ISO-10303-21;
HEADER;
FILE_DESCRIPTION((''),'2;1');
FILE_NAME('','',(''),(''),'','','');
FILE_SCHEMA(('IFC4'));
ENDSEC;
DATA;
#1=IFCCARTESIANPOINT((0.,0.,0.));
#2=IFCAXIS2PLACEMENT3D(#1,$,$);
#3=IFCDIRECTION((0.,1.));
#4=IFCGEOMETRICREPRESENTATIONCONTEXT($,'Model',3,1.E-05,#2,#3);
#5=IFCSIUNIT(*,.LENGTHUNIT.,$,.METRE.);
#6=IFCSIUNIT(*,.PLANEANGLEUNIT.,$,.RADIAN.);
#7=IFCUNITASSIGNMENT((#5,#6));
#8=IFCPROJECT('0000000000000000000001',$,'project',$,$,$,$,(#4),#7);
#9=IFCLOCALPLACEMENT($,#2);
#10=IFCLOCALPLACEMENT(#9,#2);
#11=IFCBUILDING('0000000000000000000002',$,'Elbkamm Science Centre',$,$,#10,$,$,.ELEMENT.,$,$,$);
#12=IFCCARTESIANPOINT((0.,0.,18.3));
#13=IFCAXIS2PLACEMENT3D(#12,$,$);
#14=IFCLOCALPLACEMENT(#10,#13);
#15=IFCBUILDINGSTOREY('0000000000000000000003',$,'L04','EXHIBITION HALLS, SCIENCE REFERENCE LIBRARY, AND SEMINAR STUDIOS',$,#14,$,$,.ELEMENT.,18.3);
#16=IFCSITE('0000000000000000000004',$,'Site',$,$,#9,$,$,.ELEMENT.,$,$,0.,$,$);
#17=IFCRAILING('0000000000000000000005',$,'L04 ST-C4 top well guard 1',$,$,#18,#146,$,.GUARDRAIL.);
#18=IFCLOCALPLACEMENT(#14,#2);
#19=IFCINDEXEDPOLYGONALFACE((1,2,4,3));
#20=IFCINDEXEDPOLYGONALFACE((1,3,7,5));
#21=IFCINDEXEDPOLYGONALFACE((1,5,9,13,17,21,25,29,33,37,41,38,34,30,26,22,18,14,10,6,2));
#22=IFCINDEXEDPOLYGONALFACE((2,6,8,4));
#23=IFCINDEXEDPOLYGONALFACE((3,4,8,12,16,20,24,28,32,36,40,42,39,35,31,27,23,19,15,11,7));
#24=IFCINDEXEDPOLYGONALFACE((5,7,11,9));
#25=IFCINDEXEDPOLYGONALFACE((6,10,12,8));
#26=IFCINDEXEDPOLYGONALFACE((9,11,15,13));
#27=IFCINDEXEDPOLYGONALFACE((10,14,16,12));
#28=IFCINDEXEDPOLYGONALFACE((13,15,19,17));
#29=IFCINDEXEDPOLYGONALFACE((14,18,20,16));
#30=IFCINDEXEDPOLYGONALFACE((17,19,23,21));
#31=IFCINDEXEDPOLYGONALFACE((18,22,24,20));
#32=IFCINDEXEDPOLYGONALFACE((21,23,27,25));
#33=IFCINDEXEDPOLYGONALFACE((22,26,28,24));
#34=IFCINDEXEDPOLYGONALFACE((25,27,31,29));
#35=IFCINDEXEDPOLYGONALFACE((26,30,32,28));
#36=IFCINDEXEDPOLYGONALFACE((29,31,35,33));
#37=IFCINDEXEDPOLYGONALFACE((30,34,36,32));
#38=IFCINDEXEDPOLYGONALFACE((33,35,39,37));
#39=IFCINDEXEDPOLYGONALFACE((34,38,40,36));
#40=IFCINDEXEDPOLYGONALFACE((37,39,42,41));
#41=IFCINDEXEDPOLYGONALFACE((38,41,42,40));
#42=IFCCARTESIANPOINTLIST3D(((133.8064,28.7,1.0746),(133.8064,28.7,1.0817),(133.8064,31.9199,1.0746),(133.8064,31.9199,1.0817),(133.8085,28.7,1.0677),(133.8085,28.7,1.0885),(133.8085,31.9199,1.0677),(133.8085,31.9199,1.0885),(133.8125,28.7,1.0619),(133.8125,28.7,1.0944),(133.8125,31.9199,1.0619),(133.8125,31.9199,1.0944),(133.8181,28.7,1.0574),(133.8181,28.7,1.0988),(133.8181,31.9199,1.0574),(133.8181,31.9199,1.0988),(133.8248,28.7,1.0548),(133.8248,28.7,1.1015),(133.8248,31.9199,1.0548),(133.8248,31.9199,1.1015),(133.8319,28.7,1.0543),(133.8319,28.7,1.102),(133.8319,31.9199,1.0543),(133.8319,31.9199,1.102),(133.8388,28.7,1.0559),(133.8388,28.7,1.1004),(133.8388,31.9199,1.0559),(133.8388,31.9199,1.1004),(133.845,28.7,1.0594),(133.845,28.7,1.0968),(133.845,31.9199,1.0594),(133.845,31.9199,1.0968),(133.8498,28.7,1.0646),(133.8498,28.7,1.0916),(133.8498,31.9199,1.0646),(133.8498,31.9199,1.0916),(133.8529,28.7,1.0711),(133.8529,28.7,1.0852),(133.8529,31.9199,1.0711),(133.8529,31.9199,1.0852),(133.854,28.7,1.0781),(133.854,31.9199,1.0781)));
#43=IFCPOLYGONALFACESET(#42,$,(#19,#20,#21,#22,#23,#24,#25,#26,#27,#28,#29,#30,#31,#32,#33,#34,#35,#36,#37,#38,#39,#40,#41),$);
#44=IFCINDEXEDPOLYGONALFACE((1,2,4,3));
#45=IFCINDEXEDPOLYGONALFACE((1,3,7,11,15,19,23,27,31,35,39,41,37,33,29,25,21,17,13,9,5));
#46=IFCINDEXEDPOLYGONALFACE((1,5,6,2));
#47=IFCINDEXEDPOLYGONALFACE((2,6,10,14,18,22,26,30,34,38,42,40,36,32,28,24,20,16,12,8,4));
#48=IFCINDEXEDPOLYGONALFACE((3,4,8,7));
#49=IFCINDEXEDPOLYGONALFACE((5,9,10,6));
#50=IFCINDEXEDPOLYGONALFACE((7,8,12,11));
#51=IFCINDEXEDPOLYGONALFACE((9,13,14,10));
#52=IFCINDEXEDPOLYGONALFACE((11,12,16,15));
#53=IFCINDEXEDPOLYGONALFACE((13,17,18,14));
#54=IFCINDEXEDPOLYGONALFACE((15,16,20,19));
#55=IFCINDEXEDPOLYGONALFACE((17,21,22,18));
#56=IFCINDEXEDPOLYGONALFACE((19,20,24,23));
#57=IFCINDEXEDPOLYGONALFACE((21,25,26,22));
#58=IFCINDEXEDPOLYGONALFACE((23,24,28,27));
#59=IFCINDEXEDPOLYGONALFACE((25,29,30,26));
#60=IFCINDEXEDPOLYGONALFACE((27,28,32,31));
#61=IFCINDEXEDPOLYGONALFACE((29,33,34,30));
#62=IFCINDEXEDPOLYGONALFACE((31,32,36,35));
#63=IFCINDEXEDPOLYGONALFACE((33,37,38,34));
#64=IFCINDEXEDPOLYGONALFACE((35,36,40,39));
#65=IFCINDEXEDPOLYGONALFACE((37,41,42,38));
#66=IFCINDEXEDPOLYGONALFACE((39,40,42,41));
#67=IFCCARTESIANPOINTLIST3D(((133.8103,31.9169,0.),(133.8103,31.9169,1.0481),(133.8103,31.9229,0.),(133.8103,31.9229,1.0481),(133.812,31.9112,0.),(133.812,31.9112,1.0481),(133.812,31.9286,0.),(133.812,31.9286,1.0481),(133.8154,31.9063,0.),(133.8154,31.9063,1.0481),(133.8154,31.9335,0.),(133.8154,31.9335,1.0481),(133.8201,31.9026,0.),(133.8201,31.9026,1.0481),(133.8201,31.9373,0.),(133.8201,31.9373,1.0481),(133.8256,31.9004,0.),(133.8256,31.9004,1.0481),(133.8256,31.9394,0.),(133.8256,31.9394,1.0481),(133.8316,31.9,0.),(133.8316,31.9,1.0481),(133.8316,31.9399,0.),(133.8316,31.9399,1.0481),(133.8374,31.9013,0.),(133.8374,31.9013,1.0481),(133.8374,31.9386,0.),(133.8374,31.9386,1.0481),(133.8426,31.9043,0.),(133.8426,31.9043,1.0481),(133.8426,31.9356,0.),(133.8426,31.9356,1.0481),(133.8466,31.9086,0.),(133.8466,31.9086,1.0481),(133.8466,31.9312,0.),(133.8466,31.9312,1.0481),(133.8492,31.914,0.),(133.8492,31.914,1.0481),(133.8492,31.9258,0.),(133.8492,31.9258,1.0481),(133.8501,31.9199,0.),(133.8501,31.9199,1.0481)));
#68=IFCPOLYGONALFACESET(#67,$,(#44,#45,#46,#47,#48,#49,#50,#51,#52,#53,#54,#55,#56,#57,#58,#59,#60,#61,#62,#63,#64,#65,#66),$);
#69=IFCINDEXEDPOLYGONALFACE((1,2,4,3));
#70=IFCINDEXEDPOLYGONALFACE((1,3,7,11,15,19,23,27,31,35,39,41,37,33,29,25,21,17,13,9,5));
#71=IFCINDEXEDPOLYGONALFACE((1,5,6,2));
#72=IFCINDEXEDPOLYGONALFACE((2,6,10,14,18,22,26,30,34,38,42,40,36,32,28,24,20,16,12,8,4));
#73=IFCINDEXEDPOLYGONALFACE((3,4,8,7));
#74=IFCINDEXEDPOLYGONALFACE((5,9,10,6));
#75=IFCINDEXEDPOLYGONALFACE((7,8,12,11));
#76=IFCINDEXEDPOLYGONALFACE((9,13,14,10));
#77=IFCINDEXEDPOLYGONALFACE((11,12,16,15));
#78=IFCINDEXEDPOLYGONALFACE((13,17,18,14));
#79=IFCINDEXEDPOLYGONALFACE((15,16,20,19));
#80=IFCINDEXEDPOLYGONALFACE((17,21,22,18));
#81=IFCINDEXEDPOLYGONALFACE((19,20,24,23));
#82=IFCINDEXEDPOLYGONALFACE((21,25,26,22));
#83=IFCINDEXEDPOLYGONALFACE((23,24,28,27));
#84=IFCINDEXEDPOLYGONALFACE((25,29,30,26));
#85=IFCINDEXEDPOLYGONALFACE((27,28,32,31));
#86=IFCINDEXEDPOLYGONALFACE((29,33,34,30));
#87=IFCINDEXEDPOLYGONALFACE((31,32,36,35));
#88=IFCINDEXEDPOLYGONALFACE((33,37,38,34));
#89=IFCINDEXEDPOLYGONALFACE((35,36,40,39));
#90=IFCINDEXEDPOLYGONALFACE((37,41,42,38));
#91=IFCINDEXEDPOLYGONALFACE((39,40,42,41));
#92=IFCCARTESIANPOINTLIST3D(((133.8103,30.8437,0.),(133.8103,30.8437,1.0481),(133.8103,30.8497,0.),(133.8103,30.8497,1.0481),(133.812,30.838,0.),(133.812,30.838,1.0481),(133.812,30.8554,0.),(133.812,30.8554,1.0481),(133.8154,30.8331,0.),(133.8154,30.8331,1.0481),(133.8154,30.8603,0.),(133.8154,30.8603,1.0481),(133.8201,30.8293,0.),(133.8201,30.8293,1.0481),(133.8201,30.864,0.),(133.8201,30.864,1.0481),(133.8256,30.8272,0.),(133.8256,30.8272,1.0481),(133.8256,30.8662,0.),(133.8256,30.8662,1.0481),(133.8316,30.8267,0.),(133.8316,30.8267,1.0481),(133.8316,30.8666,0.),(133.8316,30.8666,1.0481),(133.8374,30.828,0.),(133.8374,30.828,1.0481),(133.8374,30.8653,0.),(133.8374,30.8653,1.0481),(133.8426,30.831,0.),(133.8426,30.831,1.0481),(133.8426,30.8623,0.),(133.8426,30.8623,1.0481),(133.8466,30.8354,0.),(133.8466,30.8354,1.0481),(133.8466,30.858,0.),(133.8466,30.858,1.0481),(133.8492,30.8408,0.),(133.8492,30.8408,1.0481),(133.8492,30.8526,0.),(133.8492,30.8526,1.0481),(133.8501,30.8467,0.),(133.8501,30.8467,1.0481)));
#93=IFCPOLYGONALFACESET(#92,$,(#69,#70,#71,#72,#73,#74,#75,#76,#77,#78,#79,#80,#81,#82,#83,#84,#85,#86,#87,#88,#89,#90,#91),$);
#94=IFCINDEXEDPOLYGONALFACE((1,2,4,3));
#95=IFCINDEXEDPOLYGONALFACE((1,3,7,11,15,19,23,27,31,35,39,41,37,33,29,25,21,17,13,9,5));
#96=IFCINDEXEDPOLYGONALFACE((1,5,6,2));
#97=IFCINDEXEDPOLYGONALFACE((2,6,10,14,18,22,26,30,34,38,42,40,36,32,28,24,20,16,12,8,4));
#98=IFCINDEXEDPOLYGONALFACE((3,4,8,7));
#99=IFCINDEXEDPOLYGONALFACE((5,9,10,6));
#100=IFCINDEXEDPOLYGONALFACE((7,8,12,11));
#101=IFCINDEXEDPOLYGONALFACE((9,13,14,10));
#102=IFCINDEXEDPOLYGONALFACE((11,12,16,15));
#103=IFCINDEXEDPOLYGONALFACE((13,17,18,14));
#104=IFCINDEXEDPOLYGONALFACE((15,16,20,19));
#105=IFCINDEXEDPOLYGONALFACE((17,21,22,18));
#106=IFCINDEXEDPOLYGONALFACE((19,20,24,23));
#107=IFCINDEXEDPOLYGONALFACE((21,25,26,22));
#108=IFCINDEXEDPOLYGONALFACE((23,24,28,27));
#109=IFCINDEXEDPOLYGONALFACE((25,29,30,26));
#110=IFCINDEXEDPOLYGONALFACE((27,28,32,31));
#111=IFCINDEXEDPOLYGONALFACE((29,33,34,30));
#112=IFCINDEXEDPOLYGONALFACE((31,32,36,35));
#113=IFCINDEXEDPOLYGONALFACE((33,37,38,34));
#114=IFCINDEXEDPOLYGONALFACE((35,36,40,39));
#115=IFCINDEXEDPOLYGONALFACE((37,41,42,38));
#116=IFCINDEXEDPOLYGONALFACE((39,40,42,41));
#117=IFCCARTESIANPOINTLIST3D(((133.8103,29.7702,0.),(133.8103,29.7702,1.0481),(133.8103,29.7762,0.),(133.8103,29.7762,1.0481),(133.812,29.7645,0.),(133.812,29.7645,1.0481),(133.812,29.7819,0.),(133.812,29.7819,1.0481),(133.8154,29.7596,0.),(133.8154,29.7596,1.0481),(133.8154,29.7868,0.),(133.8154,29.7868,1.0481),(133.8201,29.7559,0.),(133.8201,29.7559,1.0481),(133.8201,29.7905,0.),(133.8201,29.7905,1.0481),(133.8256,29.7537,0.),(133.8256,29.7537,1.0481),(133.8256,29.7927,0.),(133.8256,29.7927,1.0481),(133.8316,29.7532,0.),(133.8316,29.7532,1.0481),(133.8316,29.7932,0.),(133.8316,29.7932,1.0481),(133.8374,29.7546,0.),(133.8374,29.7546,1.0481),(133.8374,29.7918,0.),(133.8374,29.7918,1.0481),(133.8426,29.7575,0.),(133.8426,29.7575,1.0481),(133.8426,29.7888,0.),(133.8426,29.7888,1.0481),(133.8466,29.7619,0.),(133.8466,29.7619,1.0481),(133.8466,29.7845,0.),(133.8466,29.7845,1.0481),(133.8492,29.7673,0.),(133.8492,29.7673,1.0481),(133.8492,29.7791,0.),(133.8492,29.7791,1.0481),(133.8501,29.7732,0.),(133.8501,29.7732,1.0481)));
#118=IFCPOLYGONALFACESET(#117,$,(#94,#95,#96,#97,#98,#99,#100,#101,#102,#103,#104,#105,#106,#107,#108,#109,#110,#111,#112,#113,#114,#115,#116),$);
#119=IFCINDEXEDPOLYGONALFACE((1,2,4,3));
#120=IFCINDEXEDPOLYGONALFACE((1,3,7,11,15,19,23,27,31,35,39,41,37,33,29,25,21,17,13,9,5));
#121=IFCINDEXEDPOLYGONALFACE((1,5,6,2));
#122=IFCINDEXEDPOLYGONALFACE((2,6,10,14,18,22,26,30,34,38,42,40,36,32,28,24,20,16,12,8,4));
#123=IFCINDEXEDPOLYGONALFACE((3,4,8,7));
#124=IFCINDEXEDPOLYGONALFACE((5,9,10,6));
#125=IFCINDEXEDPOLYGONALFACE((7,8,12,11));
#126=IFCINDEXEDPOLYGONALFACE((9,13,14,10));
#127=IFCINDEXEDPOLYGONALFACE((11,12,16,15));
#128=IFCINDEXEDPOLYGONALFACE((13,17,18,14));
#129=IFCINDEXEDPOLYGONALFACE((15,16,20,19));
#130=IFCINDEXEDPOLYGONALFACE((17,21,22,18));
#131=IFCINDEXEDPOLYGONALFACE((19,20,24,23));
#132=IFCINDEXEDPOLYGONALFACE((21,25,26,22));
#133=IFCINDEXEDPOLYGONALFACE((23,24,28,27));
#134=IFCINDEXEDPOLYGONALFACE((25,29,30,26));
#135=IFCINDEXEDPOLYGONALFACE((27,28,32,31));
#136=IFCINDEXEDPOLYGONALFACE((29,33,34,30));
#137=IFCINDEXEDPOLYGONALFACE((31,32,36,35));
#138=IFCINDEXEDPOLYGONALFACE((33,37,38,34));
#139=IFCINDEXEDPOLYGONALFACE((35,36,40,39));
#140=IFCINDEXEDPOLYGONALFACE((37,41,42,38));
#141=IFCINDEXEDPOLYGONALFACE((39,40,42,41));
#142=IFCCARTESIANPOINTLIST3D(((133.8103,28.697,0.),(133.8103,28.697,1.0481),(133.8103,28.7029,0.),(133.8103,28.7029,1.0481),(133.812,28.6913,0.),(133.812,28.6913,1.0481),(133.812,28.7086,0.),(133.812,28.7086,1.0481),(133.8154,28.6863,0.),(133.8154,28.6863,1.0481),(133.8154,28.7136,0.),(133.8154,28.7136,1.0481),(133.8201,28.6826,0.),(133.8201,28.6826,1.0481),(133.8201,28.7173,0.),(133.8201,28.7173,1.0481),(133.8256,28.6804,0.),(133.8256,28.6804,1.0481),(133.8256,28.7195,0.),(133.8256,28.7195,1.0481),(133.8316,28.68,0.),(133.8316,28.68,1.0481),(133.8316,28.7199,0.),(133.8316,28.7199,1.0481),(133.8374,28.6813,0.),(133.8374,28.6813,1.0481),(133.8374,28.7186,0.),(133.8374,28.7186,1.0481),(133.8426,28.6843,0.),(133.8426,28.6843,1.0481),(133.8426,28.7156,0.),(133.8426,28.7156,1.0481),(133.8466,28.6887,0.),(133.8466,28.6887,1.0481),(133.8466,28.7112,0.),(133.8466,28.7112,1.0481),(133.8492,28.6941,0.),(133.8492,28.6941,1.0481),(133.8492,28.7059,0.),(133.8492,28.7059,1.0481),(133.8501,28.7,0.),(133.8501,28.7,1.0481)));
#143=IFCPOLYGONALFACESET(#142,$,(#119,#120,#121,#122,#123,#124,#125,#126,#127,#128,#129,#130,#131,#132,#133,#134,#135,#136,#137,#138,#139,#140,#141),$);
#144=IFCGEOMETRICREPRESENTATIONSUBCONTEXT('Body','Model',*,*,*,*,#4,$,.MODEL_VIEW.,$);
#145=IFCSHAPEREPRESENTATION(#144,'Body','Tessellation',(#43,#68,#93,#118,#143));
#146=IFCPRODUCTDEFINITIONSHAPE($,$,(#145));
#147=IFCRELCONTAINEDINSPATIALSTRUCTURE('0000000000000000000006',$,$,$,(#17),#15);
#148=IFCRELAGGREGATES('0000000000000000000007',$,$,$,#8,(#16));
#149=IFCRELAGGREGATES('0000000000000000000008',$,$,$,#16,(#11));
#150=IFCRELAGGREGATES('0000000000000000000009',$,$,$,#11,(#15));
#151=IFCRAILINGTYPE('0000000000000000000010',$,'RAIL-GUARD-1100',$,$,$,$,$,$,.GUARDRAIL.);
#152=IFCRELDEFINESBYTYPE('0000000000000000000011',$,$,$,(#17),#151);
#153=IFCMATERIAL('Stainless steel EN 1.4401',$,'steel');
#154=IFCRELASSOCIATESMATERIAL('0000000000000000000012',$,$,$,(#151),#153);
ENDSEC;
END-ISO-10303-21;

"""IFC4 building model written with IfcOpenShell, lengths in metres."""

from ifc_helpers import new_model, si_unit, direction, frame, origin, origin_2d, place, context, subcontext, project, spatial, circle, extrude, material, type_object, element, save


model = new_model("IFC4")

# Units and contexts
model_context = context("Model", 3, precision=1e-05, world=origin(), true_north=direction((0.0, 1.0)))
body_context = subcontext(model_context, "Body", "Model", "MODEL_VIEW")
ifc_project = project(units=[si_unit("LENGTHUNIT", "METRE"), si_unit("PLANEANGLEUNIT", "RADIAN")], contexts=[model_context])

# Site, building, storey
site_placement = place(None, origin())
site = spatial("IfcSite", under=ifc_project, at=site_placement, Name="Site", CompositionType="ELEMENT", RefElevation=0.0)
building_placement = place(site_placement, origin())
building = spatial("IfcBuilding", under=site, at=building_placement, Name="Elbkamm Science Centre", CompositionType="ELEMENT")
storey_placement = place(building_placement, frame((0.0, 0.0, 18.3)))
storey = spatial("IfcBuildingStorey", under=building, at=storey_placement, Name="L04", Description="EXHIBITION HALLS, SCIENCE REFERENCE LIBRARY, AND SEMINAR STUDIOS", CompositionType="ELEMENT", Elevation=18.3)

# Railing
ifc_material_1 = material(Name="Stainless steel EN 1.4401", Category="steel")
railing_type = type_object("IfcRailingType", Name="RAIL-GUARD-1100", PredefinedType="GUARDRAIL", material=ifc_material_1)
railing_placement = place(storey_placement, frame((133.8301, 31.9199, 0.0)))
element("IfcRailing", 1, at=railing_placement, inside=storey, type_object=railing_type, Name="L04 ST-C4 top well guard 1", PredefinedType="GUARDRAIL", context=body_context, shape_type="SweptSolid", body=[
    extrude(circle(Radius=0.0239, at=origin_2d()), frame((0.0, 0.0, 1.0781), z_axis=(0.0, -1.0, 0.0), x_axis=(1.0, 0.0, 0.0)), (0.0, 0.0, 1.0), 3.22),
    extrude(circle(Radius=0.02, at=origin_2d()), origin(), (0.0, 0.0, 1.0), 1.0481),
    extrude(circle(Radius=0.02, at=origin_2d()), frame((0.0, -1.0732, 0.0)), (0.0, 0.0, 1.0), 1.0481),
    extrude(circle(Radius=0.02, at=origin_2d()), frame((0.0, -2.1467, 0.0)), (0.0, 0.0, 1.0), 1.0481),
    extrude(circle(Radius=0.02, at=origin_2d()), frame((0.0, -3.22, 0.0)), (0.0, 0.0, 1.0), 1.0481),
])

save(model, "model.ifc")
